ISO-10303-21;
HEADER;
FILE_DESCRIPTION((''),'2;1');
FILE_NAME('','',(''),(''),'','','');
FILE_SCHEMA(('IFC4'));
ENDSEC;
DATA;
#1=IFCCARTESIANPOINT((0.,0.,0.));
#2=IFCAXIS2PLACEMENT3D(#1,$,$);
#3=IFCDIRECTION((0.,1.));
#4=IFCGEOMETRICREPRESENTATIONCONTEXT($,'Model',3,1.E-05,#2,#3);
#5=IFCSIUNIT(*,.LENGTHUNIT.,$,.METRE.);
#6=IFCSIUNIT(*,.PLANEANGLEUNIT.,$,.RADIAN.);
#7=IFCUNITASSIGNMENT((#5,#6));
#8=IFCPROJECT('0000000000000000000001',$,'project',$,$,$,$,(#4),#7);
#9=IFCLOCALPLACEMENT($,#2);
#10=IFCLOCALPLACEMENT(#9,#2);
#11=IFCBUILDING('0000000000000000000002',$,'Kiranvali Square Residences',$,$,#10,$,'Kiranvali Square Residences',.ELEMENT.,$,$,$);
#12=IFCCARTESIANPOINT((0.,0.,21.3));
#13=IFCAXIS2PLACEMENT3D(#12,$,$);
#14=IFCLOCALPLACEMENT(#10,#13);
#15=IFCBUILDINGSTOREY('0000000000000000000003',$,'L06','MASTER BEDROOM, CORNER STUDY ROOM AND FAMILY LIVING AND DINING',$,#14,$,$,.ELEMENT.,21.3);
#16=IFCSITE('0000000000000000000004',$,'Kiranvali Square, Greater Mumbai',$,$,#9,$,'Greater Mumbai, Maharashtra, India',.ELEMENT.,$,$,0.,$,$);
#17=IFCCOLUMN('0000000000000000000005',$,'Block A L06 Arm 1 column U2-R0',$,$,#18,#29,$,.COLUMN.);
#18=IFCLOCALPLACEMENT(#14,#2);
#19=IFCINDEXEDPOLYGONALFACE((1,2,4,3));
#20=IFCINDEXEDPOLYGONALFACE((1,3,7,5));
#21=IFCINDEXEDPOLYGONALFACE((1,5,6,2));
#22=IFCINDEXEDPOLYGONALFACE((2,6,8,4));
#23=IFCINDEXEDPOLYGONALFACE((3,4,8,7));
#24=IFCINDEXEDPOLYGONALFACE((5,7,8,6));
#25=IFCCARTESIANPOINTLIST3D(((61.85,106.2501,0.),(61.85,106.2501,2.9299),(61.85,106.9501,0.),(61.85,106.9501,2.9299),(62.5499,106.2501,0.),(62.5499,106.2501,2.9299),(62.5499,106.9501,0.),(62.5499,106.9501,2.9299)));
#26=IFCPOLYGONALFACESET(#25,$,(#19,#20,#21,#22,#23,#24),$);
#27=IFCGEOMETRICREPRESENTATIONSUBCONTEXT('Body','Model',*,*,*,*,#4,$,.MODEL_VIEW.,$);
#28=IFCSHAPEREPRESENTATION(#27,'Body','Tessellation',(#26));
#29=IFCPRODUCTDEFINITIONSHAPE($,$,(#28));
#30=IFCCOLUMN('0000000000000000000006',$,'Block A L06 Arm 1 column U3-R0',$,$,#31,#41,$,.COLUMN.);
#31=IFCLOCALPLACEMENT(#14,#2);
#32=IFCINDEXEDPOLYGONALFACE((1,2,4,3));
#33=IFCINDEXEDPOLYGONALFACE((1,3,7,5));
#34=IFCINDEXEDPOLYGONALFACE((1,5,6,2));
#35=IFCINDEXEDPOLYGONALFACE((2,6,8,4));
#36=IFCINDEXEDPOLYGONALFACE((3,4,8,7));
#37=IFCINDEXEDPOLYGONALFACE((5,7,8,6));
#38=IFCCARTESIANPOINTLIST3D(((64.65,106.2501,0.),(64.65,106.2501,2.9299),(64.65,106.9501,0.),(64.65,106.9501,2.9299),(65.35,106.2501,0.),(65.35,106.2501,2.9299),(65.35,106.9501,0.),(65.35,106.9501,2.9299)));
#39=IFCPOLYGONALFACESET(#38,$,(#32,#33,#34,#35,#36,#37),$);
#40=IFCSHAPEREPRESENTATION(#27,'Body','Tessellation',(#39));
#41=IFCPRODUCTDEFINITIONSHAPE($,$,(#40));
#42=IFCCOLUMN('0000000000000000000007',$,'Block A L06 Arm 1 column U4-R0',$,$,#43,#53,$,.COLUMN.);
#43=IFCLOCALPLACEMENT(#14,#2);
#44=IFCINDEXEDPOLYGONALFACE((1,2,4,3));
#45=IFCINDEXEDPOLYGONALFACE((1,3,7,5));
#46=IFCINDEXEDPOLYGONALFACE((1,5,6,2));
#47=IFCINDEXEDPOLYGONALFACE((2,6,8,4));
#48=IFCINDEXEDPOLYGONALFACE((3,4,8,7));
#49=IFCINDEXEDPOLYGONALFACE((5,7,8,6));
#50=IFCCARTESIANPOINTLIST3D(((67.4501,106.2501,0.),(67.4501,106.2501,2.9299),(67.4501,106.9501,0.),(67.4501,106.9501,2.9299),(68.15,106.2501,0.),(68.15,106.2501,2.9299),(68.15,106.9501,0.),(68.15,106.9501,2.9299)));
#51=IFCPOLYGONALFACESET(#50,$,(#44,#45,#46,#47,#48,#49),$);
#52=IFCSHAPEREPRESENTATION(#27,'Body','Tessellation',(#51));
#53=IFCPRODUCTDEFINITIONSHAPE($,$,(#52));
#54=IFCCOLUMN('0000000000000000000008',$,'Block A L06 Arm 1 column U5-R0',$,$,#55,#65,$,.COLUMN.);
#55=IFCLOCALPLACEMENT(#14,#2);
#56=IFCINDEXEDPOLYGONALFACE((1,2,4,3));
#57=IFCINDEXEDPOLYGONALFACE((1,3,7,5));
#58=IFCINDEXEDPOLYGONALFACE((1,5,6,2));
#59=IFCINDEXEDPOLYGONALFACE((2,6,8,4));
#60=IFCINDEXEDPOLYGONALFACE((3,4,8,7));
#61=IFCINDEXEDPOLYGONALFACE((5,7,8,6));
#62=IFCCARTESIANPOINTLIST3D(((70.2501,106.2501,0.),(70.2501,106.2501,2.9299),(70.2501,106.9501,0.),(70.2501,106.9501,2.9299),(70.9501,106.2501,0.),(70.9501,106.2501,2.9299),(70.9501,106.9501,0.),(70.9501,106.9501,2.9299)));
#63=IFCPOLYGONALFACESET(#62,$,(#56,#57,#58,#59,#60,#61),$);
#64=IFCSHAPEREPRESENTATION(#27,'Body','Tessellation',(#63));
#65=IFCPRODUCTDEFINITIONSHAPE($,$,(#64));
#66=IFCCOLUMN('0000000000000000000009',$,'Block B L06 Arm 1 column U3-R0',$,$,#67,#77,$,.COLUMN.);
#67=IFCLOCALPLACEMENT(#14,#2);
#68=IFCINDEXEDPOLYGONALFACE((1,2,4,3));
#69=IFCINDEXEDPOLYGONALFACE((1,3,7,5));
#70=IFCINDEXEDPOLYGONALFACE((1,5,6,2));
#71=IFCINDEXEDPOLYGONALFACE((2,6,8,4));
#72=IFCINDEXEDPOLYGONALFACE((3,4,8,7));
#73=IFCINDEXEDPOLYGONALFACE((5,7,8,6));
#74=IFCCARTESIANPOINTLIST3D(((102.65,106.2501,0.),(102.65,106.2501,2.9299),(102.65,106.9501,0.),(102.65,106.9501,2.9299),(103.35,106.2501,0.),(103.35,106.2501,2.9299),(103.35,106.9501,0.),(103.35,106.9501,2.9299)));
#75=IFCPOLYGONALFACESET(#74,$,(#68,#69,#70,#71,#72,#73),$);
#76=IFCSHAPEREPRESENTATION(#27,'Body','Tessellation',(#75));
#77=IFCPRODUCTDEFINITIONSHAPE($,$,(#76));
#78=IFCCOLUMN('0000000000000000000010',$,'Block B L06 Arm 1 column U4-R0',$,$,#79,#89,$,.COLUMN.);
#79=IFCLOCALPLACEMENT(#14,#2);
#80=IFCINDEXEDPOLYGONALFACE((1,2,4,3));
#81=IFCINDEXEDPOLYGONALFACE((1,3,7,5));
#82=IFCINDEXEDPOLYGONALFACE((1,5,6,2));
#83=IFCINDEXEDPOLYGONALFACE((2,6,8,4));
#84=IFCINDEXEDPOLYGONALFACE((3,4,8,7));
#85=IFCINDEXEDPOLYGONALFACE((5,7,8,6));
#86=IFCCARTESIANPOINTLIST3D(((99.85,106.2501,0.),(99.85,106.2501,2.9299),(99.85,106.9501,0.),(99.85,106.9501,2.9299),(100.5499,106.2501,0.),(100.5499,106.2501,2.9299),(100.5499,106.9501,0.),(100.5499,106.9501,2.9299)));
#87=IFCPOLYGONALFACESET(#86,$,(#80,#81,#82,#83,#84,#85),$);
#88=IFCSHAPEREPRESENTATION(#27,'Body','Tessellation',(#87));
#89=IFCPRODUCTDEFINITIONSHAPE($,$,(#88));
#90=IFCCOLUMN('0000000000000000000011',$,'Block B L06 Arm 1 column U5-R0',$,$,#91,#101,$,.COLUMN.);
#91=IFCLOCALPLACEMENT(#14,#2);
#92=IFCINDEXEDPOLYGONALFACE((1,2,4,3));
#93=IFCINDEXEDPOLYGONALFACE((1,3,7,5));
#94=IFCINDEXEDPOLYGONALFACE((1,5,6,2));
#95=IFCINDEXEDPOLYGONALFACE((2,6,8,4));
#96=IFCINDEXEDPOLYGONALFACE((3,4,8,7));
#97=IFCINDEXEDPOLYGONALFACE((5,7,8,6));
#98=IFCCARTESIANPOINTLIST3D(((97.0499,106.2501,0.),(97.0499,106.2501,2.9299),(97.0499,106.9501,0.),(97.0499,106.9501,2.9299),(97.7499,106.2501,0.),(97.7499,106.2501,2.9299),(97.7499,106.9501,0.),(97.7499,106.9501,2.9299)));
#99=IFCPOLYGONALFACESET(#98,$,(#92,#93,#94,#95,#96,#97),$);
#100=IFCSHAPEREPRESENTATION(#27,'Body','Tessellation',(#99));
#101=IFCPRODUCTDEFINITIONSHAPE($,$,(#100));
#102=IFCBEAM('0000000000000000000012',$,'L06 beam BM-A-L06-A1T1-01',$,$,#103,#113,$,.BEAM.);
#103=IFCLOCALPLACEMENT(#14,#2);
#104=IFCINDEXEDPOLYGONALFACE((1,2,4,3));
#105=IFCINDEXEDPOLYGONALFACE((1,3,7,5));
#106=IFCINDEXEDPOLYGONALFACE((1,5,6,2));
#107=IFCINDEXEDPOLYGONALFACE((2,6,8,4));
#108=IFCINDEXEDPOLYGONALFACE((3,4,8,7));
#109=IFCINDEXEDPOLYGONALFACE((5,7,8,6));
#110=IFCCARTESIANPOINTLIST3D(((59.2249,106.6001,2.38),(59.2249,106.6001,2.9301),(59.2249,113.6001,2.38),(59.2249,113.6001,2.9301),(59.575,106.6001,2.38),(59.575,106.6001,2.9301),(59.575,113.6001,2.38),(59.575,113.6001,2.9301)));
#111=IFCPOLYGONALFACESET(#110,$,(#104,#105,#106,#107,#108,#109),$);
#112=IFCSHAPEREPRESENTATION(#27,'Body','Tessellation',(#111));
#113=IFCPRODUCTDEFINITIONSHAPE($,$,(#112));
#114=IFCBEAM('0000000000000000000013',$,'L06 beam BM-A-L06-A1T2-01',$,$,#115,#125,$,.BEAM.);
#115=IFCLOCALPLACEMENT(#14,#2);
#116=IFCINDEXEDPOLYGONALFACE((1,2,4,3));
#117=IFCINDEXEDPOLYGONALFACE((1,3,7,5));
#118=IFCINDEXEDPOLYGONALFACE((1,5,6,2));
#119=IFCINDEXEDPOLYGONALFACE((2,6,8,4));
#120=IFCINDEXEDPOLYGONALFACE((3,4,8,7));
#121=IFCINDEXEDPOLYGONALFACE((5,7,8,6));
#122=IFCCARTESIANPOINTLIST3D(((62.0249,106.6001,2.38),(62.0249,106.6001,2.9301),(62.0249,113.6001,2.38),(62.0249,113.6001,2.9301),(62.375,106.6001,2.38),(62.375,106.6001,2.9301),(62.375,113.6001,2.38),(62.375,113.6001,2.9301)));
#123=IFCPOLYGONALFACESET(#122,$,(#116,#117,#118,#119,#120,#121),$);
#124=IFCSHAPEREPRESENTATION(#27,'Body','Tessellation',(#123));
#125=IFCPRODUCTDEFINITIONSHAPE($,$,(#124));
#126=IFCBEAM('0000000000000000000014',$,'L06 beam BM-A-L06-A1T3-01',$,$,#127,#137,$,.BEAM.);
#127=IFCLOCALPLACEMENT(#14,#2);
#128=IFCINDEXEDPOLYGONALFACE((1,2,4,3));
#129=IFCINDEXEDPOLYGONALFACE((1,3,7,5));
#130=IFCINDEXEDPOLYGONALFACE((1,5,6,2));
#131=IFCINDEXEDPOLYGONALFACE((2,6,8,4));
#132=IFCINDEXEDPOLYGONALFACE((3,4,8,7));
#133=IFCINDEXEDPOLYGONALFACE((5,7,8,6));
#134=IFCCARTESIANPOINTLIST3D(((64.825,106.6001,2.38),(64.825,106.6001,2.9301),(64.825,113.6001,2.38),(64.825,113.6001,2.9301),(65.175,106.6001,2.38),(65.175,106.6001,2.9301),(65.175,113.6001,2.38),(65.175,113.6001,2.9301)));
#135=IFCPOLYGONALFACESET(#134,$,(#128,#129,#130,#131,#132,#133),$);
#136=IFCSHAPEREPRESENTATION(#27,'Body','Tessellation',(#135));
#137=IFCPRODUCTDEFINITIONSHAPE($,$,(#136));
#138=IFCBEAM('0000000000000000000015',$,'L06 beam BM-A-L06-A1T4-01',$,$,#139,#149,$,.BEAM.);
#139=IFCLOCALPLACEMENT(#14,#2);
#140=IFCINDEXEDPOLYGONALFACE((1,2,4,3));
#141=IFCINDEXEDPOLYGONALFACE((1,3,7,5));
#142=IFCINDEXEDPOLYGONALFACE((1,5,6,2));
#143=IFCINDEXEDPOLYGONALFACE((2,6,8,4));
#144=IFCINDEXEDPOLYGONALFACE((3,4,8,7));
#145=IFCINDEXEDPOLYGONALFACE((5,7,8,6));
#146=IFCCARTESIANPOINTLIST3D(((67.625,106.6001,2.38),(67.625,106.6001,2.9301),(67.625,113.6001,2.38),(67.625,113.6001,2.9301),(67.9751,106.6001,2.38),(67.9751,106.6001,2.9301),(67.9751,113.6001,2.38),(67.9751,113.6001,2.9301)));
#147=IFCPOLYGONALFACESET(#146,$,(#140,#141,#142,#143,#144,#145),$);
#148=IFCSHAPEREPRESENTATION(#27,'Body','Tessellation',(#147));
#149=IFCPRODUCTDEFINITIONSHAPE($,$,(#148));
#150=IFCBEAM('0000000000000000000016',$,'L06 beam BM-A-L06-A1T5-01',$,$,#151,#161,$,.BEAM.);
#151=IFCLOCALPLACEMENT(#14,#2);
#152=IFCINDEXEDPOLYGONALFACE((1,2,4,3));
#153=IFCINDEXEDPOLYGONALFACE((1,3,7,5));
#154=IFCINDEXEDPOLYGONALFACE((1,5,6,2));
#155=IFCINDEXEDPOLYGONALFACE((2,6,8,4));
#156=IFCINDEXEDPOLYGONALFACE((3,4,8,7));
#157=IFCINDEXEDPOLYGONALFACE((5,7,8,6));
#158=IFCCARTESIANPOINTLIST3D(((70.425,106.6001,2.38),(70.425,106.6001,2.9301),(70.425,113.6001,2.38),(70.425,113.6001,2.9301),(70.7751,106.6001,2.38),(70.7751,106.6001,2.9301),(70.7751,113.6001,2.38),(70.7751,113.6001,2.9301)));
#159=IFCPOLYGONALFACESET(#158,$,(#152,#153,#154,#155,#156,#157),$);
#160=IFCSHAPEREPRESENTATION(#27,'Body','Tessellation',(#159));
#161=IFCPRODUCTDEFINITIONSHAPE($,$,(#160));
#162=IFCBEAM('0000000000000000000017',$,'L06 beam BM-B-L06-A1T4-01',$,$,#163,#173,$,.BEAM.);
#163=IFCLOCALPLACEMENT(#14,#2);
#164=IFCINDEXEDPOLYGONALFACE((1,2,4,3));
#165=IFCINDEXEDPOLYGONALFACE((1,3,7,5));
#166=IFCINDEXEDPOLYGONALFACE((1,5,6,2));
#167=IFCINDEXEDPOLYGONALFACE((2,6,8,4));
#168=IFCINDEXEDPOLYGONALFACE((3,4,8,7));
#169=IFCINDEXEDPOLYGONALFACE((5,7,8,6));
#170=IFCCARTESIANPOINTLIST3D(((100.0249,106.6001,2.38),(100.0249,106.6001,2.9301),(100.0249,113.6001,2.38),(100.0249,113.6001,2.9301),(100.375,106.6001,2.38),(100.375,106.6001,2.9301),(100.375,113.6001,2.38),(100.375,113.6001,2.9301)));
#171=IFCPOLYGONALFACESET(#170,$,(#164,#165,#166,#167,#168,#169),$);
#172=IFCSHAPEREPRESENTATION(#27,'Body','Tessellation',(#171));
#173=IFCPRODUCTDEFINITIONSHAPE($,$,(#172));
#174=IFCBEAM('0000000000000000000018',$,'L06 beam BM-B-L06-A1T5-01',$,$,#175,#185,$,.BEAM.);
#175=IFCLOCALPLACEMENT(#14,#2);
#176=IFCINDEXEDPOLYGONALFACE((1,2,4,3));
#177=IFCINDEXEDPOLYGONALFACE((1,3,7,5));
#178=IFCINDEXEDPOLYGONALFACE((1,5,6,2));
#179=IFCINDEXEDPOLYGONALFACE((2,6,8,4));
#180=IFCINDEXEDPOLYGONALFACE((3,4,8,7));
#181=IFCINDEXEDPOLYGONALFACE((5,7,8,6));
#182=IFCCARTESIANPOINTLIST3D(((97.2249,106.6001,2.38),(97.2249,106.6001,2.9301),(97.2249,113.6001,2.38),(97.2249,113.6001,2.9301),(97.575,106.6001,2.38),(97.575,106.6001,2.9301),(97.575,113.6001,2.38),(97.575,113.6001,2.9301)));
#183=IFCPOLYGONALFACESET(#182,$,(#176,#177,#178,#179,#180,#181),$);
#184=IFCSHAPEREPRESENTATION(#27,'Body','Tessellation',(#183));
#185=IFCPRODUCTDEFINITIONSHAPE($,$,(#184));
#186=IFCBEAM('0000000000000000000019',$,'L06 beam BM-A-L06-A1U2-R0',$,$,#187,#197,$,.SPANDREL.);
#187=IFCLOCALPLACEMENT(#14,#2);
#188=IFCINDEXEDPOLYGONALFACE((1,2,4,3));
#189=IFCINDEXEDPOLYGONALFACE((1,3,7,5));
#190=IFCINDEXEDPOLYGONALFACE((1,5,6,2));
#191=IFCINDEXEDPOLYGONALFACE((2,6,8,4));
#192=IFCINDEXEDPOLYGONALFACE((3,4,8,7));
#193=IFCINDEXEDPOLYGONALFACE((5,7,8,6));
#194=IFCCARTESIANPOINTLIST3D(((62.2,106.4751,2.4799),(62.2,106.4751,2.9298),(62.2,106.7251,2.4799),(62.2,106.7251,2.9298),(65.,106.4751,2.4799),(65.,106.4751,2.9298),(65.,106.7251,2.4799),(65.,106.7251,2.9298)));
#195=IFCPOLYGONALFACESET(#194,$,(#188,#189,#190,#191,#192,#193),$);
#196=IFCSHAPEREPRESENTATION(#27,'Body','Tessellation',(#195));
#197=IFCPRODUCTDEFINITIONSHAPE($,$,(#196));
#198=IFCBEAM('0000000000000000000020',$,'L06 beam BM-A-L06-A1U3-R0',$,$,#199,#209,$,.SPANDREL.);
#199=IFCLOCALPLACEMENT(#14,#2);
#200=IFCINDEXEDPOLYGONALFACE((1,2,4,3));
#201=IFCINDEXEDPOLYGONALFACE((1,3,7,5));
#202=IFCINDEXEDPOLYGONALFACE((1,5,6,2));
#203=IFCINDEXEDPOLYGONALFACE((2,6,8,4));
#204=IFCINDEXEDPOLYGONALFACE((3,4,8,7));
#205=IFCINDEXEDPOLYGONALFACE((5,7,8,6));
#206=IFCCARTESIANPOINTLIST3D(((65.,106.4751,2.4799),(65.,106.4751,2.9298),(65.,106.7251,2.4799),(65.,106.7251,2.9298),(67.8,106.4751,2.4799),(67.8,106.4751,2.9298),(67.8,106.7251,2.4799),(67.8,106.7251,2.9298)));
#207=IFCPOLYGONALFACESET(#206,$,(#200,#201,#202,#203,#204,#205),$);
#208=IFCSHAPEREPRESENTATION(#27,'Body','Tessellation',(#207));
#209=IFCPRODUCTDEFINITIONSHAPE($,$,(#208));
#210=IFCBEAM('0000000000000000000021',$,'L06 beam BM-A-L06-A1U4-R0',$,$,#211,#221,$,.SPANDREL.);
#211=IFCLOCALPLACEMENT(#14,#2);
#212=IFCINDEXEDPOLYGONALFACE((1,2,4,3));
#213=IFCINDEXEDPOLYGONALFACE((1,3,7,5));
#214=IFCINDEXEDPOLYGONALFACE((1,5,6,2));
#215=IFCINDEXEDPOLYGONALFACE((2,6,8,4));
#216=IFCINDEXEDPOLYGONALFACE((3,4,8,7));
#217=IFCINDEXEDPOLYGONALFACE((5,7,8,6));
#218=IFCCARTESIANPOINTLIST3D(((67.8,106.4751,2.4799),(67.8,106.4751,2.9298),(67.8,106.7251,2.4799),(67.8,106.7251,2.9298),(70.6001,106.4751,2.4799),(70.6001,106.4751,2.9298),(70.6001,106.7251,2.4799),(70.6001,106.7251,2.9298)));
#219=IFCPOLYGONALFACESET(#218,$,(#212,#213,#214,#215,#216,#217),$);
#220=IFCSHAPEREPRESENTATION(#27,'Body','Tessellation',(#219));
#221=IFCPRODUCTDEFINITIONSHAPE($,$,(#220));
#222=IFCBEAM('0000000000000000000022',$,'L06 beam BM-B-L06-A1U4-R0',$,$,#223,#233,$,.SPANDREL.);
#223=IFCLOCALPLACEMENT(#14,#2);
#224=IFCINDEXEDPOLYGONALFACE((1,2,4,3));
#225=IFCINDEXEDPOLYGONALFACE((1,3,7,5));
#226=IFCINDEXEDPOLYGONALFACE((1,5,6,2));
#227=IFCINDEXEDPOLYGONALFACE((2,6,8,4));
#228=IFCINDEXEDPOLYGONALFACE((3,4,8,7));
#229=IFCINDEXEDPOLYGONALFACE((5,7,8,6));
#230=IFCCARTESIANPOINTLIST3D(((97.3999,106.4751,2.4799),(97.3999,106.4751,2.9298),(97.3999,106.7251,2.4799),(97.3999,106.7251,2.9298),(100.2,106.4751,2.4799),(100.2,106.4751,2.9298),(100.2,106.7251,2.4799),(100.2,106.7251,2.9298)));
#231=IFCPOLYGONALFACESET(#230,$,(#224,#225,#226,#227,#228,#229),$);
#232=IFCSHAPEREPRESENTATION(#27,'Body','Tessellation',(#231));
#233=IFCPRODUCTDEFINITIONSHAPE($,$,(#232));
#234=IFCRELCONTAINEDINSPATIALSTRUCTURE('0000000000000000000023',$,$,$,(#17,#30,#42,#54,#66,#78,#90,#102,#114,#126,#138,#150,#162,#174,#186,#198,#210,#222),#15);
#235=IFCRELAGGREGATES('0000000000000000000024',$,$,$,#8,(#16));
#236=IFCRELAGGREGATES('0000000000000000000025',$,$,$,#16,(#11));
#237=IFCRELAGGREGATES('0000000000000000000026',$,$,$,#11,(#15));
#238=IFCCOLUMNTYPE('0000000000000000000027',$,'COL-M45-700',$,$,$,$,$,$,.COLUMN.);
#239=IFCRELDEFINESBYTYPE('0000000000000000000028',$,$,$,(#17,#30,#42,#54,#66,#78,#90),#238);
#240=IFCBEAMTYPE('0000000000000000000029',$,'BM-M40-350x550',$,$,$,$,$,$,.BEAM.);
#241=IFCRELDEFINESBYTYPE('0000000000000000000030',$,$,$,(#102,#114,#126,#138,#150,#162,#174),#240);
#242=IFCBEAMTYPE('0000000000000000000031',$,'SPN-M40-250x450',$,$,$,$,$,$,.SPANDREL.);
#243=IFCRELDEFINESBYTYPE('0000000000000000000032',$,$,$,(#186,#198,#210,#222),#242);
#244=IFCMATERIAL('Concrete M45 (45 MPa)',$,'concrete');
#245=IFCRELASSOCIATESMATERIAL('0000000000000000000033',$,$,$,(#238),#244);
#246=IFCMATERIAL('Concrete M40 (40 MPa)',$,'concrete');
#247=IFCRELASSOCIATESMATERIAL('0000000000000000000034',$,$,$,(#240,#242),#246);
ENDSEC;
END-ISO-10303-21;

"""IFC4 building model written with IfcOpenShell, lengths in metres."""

from ifc_helpers import new_model, si_unit, direction, frame, origin, origin_2d, place, context, subcontext, project, spatial, rectangle, extrude, material, material_profile, profile_set, type_object, element, save


model = new_model("IFC4")

# Units and contexts
model_context = context("Model", 3, precision=1e-05, world=origin(), true_north=direction((0.0, 1.0)))
body_context = subcontext(model_context, "Body", "Model", "MODEL_VIEW")
ifc_project = project(units=[si_unit("LENGTHUNIT", "METRE"), si_unit("PLANEANGLEUNIT", "RADIAN")], contexts=[model_context])

# Site, building, storey
site_placement = place(None, origin())
site = spatial("IfcSite", under=ifc_project, at=site_placement, Name="Kiranvali Square, Greater Mumbai", LongName="Greater Mumbai, Maharashtra, India", CompositionType="ELEMENT", RefElevation=0.0)
building_placement = place(site_placement, origin())
building = spatial("IfcBuilding", under=site, at=building_placement, Name="Kiranvali Square Residences", LongName="Kiranvali Square Residences", CompositionType="ELEMENT")
storey_placement = place(building_placement, frame((0.0, 0.0, 21.3)))
storey = spatial("IfcBuildingStorey", under=building, at=storey_placement, Name="L06", Description="MASTER BEDROOM, CORNER STUDY ROOM AND FAMILY LIVING AND DINING", CompositionType="ELEMENT", Elevation=21.3)

# Columns
ifc_material_1 = material(Name="Concrete M45 (45 MPa)", Category="concrete")
ifc_material_profile_1 = material_profile(ifc_material_1, rectangle(XDim=0.7, YDim=0.7, at=origin_2d()), Name="RC 700x700")
ifc_profile_set_1 = profile_set([ifc_material_profile_1], Name="Concrete M45 (45 MPa)")
column_type = type_object("IfcColumnType", Name="COL-M45-700", PredefinedType="COLUMN", material=ifc_profile_set_1)
for number, where, z_axis, x_axis, name in (
    (1, (62.2, 106.6001, 0.0), (0.0, 0.0, 1.0), (1.0, 0.0, 0.0), "Block A L06 Arm 1 column U2-R0"),
    (2, (65.0, 106.6001, 0.0), (0.0, 0.0, 1.0), (1.0, 0.0, 0.0), "Block A L06 Arm 1 column U3-R0"),
    (3, (67.8, 106.6001, 0.0), (0.0, 0.0, 1.0), (1.0, 0.0, 0.0), "Block A L06 Arm 1 column U4-R0"),
    (4, (70.6001, 106.6001, 0.0), (0.0, 0.0, 1.0), (1.0, 0.0, 0.0), "Block A L06 Arm 1 column U5-R0"),
    (5, (103.0, 106.6001, 0.0), (0.0, 0.0, 1.0), (1.0, 0.0, 0.0), "Block B L06 Arm 1 column U3-R0"),
    (6, (100.2, 106.6001, 0.0), (0.0, 0.0, 1.0), (1.0, 0.0, 0.0), "Block B L06 Arm 1 column U4-R0"),
    (7, (97.3999, 106.6001, 0.0), (0.0, 0.0, 1.0), (1.0, 0.0, 0.0), "Block B L06 Arm 1 column U5-R0"),
):
    element("IfcColumn", number, at=place(storey_placement, frame(where, z_axis=z_axis, x_axis=x_axis)), inside=storey, type_object=column_type, Name=name, PredefinedType="COLUMN", context=body_context, shape_type="SweptSolid", body=[
        extrude(rectangle(XDim=0.7, YDim=0.7, at=origin_2d()), origin(), (0.0, 0.0, 1.0), 2.9299),
    ])

# Beams
ifc_material_2 = material(Name="Concrete M40 (40 MPa)", Category="concrete")
ifc_material_profile_2 = material_profile(ifc_material_2, rectangle(XDim=0.3501, YDim=0.55, at=origin_2d()), Name="RC 350x550")
ifc_profile_set_2 = profile_set([ifc_material_profile_2], Name="Concrete M40 (40 MPa)")
beam_type_1 = type_object("IfcBeamType", Name="BM-M40-350x550", PredefinedType="BEAM", material=ifc_profile_set_2)
for number, where, z_axis, x_axis, name in (
    (8, (59.3999, 106.6001, 2.655), (0.0, 1.0, 0.0), (-1.0, 0.0, 0.0), "L06 beam BM-A-L06-A1T1-01"),
    (9, (62.2, 106.6001, 2.655), (0.0, 1.0, 0.0), (-1.0, 0.0, 0.0), "L06 beam BM-A-L06-A1T2-01"),
    (10, (65.0, 106.6001, 2.655), (0.0, 1.0, 0.0), (-1.0, 0.0, 0.0), "L06 beam BM-A-L06-A1T3-01"),
    (11, (67.8, 106.6001, 2.655), (0.0, 1.0, 0.0), (-1.0, 0.0, 0.0), "L06 beam BM-A-L06-A1T4-01"),
    (12, (70.6001, 106.6001, 2.655), (0.0, 1.0, 0.0), (-1.0, 0.0, 0.0), "L06 beam BM-A-L06-A1T5-01"),
    (13, (100.2, 106.6001, 2.655), (0.0, 1.0, 0.0), (-1.0, 0.0, 0.0), "L06 beam BM-B-L06-A1T4-01"),
    (14, (97.3999, 106.6001, 2.655), (0.0, 1.0, 0.0), (-1.0, 0.0, 0.0), "L06 beam BM-B-L06-A1T5-01"),
):
    element("IfcBeam", number, at=place(storey_placement, frame(where, z_axis=z_axis, x_axis=x_axis)), inside=storey, type_object=beam_type_1, Name=name, PredefinedType="BEAM", context=body_context, shape_type="SweptSolid", body=[
        extrude(rectangle(XDim=0.3501, YDim=0.55, at=origin_2d()), origin(), (0.0, 0.0, 1.0), 7.0),
    ])
ifc_material_profile_3 = material_profile(ifc_material_2, rectangle(XDim=0.25, YDim=0.45, at=origin_2d()), Name="RC 250x450")
ifc_profile_set_3 = profile_set([ifc_material_profile_3], Name="Concrete M40 (40 MPa)")
beam_type_2 = type_object("IfcBeamType", Name="SPN-M40-250x450", PredefinedType="SPANDREL", material=ifc_profile_set_3)
for number, where, z_axis, x_axis, name in (
    (15, (62.2, 106.6001, 2.7048), (1.0, 0.0, 0.0), (0.0, 1.0, 0.0), "L06 beam BM-A-L06-A1U2-R0"),
    (16, (65.0, 106.6001, 2.7048), (1.0, 0.0, 0.0), (0.0, 1.0, 0.0), "L06 beam BM-A-L06-A1U3-R0"),
    (17, (67.8, 106.6001, 2.7048), (1.0, 0.0, 0.0), (0.0, 1.0, 0.0), "L06 beam BM-A-L06-A1U4-R0"),
    (18, (100.2, 106.6001, 2.7048), (-1.0, 0.0, 0.0), (0.0, -1.0, 0.0), "L06 beam BM-B-L06-A1U4-R0"),
):
    element("IfcBeam", number, at=place(storey_placement, frame(where, z_axis=z_axis, x_axis=x_axis)), inside=storey, type_object=beam_type_2, Name=name, PredefinedType="SPANDREL", context=body_context, shape_type="SweptSolid", body=[
        extrude(rectangle(XDim=0.25, YDim=0.45, at=origin_2d()), origin(), (0.0, 0.0, 1.0), 2.8),
    ])

save(model, "model.ifc")
